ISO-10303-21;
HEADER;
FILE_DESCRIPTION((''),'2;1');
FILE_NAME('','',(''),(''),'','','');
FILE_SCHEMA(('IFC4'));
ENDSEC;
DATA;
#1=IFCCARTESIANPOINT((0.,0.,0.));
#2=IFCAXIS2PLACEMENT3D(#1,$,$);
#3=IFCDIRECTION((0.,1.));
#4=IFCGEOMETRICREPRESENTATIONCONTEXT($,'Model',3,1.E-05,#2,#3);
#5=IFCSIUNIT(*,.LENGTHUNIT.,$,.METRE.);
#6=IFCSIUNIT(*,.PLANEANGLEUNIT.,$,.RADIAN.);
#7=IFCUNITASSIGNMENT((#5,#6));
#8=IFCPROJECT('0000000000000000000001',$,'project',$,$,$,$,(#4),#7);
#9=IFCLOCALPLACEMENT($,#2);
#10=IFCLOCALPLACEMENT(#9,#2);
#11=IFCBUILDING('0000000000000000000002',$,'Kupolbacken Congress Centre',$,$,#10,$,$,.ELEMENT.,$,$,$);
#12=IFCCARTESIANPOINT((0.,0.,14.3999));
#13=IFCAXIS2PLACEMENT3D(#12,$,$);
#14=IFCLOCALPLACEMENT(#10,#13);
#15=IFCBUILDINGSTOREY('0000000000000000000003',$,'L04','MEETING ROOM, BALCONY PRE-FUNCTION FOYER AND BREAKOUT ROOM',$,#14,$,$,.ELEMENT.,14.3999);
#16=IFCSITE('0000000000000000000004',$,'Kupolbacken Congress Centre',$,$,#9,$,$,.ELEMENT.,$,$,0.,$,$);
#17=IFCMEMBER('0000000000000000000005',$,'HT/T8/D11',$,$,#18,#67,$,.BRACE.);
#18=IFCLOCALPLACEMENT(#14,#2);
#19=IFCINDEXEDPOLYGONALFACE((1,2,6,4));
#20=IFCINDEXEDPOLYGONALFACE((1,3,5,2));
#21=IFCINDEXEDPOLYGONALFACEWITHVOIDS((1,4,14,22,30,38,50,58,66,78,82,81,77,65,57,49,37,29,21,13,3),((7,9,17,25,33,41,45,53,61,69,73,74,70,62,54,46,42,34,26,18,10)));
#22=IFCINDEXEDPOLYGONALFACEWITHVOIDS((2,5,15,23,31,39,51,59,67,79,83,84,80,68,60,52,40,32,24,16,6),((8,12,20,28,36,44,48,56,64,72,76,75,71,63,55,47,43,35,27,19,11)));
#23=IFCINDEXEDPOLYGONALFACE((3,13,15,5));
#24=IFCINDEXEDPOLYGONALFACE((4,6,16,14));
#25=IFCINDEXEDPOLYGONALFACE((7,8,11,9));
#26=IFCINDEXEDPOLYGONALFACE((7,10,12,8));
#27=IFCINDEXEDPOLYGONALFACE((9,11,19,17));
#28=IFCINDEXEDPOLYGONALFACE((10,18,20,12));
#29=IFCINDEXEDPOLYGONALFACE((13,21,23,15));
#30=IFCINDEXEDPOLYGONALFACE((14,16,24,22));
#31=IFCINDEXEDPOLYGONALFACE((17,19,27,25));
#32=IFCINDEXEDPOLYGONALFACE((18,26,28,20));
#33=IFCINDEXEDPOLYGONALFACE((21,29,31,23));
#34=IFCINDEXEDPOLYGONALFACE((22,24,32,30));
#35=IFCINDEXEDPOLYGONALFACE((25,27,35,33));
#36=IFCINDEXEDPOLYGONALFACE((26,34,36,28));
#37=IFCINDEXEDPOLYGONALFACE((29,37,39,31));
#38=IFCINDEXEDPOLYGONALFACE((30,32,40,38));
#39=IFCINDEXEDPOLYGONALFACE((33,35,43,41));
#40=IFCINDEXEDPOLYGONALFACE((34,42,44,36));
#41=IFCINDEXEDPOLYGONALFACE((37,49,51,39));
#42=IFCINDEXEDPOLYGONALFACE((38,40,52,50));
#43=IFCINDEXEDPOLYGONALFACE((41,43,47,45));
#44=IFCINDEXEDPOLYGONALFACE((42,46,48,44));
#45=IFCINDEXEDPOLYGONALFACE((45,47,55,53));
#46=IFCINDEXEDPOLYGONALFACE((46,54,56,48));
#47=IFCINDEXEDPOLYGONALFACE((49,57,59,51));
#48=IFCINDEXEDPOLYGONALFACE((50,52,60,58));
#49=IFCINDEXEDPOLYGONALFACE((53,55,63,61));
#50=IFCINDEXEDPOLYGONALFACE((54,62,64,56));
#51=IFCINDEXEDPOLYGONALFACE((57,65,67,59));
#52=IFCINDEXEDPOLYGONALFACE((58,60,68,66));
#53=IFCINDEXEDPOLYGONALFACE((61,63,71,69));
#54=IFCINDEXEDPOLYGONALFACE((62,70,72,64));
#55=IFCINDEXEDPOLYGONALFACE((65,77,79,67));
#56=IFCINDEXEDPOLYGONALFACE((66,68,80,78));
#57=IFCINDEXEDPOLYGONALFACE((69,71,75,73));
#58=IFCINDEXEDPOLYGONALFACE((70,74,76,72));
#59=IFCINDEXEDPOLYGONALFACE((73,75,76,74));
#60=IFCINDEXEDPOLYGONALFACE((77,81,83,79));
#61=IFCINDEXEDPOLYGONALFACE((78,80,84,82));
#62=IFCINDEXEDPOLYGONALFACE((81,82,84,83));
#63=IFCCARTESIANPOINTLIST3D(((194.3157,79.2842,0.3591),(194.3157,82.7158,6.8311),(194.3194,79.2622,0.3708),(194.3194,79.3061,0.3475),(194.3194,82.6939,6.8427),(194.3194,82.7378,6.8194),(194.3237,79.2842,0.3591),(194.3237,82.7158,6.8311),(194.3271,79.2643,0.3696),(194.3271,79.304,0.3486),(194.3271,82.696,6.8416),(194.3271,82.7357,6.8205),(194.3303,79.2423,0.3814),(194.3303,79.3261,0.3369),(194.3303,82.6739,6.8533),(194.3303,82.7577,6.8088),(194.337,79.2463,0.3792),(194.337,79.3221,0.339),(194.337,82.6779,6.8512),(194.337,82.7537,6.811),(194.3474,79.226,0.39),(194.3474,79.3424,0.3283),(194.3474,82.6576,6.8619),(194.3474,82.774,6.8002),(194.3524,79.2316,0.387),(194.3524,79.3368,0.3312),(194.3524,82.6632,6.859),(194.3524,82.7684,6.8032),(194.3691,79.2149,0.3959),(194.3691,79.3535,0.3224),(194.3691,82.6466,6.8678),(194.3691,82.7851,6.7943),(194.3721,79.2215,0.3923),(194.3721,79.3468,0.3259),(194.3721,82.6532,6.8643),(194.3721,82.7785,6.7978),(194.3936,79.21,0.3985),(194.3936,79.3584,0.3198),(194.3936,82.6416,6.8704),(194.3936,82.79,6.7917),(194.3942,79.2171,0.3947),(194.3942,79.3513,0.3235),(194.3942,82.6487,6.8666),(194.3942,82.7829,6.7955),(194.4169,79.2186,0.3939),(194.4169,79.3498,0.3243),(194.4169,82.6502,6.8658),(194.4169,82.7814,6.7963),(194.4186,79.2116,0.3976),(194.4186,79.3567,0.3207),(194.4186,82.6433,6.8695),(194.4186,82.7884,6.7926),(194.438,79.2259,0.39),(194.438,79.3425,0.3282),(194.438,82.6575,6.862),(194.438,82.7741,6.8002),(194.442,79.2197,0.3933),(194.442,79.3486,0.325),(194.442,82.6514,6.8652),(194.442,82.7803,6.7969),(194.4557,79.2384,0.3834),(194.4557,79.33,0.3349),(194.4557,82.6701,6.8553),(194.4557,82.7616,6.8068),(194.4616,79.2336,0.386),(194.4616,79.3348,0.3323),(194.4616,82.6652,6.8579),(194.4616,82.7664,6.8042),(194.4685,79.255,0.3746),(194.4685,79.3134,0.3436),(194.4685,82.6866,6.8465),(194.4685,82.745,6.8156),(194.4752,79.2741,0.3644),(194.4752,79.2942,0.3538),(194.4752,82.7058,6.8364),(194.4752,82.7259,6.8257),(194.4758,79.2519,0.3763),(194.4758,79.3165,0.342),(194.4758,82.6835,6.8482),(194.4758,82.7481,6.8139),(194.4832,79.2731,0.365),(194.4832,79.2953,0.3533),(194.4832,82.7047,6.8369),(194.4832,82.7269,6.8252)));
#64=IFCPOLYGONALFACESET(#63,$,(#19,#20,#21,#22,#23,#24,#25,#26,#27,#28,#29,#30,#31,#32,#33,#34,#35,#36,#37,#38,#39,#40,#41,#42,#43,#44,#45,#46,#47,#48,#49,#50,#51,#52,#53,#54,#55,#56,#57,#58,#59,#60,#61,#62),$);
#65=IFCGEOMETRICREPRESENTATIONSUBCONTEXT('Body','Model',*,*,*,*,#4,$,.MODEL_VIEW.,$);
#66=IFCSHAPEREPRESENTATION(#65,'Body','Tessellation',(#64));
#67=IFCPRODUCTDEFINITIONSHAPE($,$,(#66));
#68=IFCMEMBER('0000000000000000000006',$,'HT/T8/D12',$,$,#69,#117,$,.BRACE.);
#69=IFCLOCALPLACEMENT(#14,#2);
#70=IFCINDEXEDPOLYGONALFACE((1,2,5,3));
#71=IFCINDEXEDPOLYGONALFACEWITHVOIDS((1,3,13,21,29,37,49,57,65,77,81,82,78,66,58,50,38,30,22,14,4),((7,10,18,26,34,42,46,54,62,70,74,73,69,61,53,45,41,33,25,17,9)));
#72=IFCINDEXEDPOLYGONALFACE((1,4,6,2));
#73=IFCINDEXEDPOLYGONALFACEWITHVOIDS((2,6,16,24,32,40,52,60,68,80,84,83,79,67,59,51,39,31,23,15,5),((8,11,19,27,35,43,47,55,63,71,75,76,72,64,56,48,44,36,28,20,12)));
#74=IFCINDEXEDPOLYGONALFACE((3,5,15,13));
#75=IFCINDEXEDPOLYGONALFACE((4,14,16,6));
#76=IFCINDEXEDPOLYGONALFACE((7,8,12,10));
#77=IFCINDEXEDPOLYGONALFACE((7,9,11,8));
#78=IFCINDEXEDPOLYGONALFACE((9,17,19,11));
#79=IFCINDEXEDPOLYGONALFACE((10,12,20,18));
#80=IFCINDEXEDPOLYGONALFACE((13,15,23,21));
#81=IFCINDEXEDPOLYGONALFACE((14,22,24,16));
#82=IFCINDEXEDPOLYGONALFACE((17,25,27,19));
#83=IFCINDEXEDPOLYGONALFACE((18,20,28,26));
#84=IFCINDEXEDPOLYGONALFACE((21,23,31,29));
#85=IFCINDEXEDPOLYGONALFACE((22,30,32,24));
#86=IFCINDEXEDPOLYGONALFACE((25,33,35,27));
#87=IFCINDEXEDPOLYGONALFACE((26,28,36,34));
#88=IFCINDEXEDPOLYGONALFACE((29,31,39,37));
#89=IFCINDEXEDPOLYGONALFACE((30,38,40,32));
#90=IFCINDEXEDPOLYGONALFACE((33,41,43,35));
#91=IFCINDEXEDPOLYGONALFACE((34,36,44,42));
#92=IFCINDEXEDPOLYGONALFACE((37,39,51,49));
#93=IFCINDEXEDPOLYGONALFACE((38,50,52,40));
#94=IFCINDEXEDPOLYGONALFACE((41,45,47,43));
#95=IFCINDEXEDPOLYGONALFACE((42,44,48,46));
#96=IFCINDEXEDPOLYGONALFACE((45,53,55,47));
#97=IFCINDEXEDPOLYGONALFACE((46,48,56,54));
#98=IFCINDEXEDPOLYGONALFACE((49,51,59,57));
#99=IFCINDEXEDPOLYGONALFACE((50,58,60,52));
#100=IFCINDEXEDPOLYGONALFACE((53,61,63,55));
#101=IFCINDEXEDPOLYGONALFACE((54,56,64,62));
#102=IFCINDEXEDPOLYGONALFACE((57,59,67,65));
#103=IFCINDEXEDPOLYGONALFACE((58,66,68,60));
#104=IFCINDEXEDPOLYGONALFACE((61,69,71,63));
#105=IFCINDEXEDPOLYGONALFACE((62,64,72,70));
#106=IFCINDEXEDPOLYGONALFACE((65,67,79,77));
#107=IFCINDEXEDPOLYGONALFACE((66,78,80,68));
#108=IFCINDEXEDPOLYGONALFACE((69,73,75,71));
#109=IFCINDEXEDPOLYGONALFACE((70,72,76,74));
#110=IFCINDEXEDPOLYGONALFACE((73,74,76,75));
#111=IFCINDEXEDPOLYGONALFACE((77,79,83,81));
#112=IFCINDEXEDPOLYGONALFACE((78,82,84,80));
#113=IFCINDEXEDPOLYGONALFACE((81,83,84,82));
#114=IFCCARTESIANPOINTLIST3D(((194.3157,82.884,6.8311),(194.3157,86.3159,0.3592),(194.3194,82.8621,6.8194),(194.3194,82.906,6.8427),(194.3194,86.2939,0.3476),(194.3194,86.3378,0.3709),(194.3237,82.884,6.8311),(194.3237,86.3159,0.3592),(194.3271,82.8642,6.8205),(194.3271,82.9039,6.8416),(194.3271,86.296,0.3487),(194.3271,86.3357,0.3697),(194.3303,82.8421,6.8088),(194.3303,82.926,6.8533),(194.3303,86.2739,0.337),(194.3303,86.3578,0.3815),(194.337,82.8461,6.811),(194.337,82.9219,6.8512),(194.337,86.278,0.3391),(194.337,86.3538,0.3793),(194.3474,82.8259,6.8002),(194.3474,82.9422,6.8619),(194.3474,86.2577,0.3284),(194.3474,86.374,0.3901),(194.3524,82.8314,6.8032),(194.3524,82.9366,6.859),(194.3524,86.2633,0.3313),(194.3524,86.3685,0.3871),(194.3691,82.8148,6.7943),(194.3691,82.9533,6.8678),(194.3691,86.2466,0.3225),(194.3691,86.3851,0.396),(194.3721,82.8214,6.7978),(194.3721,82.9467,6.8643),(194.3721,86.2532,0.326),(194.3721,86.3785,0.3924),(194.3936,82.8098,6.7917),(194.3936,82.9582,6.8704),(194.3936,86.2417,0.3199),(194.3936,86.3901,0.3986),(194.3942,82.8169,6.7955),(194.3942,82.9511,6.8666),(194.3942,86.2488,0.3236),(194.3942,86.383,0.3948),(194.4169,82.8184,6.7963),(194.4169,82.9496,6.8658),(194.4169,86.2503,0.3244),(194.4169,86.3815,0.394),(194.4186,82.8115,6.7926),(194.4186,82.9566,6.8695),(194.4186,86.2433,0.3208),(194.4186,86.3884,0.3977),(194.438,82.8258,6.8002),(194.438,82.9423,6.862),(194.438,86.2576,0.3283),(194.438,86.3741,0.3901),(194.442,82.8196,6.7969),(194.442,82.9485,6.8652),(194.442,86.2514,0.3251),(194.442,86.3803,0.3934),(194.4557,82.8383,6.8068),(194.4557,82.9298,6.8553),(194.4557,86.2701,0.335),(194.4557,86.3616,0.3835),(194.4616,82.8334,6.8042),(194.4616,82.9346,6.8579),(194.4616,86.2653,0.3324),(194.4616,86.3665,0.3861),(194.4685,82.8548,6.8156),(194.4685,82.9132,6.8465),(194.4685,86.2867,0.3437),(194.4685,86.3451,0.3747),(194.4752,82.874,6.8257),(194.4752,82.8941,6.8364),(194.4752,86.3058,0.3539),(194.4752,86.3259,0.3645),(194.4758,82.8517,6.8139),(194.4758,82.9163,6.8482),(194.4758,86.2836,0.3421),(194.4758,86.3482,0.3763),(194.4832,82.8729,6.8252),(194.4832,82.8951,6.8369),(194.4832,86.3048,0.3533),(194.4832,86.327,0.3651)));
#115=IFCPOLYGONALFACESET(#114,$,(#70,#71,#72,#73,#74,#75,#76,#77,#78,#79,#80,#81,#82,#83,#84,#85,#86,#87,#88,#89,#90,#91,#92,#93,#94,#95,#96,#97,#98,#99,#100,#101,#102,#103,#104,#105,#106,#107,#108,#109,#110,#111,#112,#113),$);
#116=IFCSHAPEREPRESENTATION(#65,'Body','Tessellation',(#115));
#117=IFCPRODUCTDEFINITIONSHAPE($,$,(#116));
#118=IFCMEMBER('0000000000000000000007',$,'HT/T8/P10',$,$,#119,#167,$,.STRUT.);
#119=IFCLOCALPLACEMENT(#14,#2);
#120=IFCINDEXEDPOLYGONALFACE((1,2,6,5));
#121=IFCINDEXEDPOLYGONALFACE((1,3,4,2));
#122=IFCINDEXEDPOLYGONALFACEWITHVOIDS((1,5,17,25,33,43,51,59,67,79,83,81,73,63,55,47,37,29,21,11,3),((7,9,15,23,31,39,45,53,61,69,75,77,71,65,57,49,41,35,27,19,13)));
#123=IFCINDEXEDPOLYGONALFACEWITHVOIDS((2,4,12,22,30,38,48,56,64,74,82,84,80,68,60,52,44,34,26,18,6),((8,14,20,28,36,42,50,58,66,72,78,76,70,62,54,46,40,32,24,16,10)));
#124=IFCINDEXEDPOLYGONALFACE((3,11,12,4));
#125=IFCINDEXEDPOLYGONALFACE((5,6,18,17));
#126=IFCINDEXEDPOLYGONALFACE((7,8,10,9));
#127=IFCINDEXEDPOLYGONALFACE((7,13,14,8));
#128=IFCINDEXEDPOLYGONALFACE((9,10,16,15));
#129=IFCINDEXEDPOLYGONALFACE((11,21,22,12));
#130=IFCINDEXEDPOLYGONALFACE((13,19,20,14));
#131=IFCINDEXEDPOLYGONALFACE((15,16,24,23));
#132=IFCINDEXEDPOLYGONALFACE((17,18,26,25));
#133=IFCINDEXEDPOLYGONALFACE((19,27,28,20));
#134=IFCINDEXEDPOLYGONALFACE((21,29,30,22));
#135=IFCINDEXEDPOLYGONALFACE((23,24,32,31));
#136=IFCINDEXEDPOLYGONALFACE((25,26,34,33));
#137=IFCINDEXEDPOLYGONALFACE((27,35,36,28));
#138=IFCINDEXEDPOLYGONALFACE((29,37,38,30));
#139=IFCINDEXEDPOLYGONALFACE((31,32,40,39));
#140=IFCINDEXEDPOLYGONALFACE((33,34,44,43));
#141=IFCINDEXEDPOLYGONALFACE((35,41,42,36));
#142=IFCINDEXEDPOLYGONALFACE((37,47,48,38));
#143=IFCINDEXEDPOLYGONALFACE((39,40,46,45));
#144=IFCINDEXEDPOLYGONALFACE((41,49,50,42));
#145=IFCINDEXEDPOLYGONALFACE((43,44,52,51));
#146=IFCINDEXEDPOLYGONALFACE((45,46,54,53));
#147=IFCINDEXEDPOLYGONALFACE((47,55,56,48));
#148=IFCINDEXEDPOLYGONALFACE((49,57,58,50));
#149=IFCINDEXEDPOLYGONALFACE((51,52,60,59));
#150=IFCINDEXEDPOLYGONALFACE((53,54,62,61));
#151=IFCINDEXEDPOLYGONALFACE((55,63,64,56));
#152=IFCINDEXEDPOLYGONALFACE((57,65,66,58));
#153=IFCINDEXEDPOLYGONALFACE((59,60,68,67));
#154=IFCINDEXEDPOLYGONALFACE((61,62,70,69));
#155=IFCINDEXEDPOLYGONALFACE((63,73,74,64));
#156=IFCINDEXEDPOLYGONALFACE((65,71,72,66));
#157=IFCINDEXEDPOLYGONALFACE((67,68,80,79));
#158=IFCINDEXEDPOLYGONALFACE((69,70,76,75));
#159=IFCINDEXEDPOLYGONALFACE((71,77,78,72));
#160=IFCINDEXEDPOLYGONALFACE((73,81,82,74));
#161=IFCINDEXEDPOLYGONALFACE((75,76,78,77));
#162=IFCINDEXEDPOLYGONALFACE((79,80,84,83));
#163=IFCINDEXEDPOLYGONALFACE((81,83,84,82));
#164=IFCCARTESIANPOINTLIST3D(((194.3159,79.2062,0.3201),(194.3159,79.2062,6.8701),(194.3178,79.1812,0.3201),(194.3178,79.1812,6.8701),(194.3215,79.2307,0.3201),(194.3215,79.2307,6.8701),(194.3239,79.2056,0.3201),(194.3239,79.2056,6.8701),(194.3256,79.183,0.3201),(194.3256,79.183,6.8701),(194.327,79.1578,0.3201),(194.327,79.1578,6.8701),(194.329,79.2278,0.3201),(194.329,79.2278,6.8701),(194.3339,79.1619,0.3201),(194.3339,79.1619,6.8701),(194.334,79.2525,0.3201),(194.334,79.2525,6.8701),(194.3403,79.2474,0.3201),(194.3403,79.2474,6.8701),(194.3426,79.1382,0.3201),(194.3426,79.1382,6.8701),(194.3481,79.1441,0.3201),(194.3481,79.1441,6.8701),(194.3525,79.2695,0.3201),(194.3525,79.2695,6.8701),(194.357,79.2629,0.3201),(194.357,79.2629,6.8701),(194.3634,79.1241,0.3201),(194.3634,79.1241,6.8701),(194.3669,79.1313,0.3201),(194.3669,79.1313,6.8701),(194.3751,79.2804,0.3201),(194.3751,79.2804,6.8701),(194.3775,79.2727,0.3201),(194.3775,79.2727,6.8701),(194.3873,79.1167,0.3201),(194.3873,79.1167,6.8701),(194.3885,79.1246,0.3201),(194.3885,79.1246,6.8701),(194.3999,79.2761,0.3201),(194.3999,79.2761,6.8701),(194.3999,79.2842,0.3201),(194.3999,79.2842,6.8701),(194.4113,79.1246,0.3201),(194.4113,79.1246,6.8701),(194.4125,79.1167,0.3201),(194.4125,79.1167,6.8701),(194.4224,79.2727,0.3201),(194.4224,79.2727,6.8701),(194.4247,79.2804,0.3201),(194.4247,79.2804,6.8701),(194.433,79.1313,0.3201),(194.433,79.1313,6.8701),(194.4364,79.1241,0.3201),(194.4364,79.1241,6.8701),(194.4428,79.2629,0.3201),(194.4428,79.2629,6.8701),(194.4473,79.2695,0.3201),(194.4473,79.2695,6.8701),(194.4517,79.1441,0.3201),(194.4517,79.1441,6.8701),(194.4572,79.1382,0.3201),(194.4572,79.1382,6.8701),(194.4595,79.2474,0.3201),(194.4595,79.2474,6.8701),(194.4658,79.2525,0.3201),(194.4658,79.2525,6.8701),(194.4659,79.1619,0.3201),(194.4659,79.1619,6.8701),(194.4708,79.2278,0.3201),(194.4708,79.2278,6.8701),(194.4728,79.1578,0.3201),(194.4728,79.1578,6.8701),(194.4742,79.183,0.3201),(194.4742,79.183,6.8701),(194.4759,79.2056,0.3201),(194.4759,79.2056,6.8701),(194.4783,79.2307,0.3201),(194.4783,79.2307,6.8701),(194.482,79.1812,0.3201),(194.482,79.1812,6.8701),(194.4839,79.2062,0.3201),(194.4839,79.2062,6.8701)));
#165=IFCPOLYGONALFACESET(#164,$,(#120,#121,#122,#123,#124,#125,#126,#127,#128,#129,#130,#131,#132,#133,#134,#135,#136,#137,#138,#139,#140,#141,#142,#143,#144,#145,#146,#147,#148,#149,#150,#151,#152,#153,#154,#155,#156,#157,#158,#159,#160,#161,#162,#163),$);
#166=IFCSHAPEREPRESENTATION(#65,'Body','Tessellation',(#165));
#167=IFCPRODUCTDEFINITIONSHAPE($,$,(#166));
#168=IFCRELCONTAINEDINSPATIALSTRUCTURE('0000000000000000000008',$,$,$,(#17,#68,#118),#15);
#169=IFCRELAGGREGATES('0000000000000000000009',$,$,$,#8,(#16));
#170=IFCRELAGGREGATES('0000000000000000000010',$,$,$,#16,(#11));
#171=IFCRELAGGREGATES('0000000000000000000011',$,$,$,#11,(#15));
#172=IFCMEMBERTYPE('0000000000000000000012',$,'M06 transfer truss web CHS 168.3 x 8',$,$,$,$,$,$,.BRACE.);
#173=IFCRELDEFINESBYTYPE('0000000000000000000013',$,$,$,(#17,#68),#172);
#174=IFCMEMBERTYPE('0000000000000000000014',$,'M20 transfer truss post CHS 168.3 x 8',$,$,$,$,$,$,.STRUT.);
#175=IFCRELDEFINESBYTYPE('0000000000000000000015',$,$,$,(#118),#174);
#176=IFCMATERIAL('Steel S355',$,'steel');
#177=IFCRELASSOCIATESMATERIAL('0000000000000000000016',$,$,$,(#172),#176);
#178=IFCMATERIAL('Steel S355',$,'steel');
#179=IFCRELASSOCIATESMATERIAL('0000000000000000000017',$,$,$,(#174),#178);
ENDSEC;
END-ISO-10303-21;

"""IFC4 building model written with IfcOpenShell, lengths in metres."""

from ifc_helpers import new_model, si_unit, direction, frame, origin, origin_2d, place, context, subcontext, project, spatial, hollow_circle, extrude, material, material_profile, profile_set, type_object, element, save


model = new_model("IFC4")

# Units and contexts
model_context = context("Model", 3, precision=1e-05, world=origin(), true_north=direction((0.0, 1.0)))
body_context = subcontext(model_context, "Body", "Model", "MODEL_VIEW")
ifc_project = project(units=[si_unit("LENGTHUNIT", "METRE"), si_unit("PLANEANGLEUNIT", "RADIAN")], contexts=[model_context])

# Site, building, storey
site_placement = place(None, origin())
site = spatial("IfcSite", under=ifc_project, at=site_placement, Name="Kupolbacken Congress Centre", CompositionType="ELEMENT", RefElevation=0.0)
building_placement = place(site_placement, origin())
building = spatial("IfcBuilding", under=site, at=building_placement, Name="Kupolbacken Congress Centre", CompositionType="ELEMENT")
storey_placement = place(building_placement, frame((0.0, 0.0, 14.3999)))
storey = spatial("IfcBuildingStorey", under=building, at=storey_placement, Name="L04", Description="MEETING ROOM, BALCONY PRE-FUNCTION FOYER AND BREAKOUT ROOM", CompositionType="ELEMENT", Elevation=14.3999)

# Members
ifc_material_1 = material(Name="Steel S355", Category="steel")
ifc_material_profile_1 = material_profile(ifc_material_1, hollow_circle(Radius=0.0842, WallThickness=0.0081, at=origin_2d()), Name="CHS 168.3 x 8")
ifc_profile_set_1 = profile_set([ifc_material_profile_1], Name="Steel S355")
member_type_1 = type_object("IfcMemberType", Name="M06 transfer truss web CHS 168.3 x 8", PredefinedType="BRACE", material=ifc_profile_set_1)
for number, where, z_axis, x_axis, name in (
    (1, (194.3999, 79.2842, 0.3591), (0.0, 0.468456, 0.883487), (-1.0, 0.0, 0.0), "HT/T8/D11"),
    (2, (194.3999, 82.884, 6.8311), (0.0, 0.468482, -0.883473), (-1.0, 0.0, 0.0), "HT/T8/D12"),
):
    element("IfcMember", number, at=place(storey_placement, frame(where, z_axis=z_axis, x_axis=x_axis)), inside=storey, type_object=member_type_1, Name=name, PredefinedType="BRACE", context=body_context, shape_type="SweptSolid", body=[
        extrude(hollow_circle(Radius=0.0842, WallThickness=0.0081, at=origin_2d()), origin(), (0.0, 0.0, 1.0), 7.3254),
    ])
ifc_material_2 = material(Name="Steel S355", Category="steel")
ifc_material_profile_2 = material_profile(ifc_material_2, hollow_circle(Radius=0.0842, WallThickness=0.0081, at=origin_2d()), Name="CHS 168.3 x 8")
ifc_profile_set_2 = profile_set([ifc_material_profile_2], Name="Steel S355")
member_type_2 = type_object("IfcMemberType", Name="M20 transfer truss post CHS 168.3 x 8", PredefinedType="STRUT", material=ifc_profile_set_2)
for number, where, z_axis, x_axis, name in (
    (3, (194.3999, 79.2, 0.3201), (0.0, 0.0, 1.0), (0.0, 1.0, 0.0), "HT/T8/P10"),
):
    element("IfcMember", number, at=place(storey_placement, frame(where, z_axis=z_axis, x_axis=x_axis)), inside=storey, type_object=member_type_2, Name=name, PredefinedType="STRUT", context=body_context, shape_type="SweptSolid", body=[
        extrude(hollow_circle(Radius=0.0842, WallThickness=0.0081, at=origin_2d()), origin(), (0.0, 0.0, 1.0), 6.55),
    ])

save(model, "model.ifc")
